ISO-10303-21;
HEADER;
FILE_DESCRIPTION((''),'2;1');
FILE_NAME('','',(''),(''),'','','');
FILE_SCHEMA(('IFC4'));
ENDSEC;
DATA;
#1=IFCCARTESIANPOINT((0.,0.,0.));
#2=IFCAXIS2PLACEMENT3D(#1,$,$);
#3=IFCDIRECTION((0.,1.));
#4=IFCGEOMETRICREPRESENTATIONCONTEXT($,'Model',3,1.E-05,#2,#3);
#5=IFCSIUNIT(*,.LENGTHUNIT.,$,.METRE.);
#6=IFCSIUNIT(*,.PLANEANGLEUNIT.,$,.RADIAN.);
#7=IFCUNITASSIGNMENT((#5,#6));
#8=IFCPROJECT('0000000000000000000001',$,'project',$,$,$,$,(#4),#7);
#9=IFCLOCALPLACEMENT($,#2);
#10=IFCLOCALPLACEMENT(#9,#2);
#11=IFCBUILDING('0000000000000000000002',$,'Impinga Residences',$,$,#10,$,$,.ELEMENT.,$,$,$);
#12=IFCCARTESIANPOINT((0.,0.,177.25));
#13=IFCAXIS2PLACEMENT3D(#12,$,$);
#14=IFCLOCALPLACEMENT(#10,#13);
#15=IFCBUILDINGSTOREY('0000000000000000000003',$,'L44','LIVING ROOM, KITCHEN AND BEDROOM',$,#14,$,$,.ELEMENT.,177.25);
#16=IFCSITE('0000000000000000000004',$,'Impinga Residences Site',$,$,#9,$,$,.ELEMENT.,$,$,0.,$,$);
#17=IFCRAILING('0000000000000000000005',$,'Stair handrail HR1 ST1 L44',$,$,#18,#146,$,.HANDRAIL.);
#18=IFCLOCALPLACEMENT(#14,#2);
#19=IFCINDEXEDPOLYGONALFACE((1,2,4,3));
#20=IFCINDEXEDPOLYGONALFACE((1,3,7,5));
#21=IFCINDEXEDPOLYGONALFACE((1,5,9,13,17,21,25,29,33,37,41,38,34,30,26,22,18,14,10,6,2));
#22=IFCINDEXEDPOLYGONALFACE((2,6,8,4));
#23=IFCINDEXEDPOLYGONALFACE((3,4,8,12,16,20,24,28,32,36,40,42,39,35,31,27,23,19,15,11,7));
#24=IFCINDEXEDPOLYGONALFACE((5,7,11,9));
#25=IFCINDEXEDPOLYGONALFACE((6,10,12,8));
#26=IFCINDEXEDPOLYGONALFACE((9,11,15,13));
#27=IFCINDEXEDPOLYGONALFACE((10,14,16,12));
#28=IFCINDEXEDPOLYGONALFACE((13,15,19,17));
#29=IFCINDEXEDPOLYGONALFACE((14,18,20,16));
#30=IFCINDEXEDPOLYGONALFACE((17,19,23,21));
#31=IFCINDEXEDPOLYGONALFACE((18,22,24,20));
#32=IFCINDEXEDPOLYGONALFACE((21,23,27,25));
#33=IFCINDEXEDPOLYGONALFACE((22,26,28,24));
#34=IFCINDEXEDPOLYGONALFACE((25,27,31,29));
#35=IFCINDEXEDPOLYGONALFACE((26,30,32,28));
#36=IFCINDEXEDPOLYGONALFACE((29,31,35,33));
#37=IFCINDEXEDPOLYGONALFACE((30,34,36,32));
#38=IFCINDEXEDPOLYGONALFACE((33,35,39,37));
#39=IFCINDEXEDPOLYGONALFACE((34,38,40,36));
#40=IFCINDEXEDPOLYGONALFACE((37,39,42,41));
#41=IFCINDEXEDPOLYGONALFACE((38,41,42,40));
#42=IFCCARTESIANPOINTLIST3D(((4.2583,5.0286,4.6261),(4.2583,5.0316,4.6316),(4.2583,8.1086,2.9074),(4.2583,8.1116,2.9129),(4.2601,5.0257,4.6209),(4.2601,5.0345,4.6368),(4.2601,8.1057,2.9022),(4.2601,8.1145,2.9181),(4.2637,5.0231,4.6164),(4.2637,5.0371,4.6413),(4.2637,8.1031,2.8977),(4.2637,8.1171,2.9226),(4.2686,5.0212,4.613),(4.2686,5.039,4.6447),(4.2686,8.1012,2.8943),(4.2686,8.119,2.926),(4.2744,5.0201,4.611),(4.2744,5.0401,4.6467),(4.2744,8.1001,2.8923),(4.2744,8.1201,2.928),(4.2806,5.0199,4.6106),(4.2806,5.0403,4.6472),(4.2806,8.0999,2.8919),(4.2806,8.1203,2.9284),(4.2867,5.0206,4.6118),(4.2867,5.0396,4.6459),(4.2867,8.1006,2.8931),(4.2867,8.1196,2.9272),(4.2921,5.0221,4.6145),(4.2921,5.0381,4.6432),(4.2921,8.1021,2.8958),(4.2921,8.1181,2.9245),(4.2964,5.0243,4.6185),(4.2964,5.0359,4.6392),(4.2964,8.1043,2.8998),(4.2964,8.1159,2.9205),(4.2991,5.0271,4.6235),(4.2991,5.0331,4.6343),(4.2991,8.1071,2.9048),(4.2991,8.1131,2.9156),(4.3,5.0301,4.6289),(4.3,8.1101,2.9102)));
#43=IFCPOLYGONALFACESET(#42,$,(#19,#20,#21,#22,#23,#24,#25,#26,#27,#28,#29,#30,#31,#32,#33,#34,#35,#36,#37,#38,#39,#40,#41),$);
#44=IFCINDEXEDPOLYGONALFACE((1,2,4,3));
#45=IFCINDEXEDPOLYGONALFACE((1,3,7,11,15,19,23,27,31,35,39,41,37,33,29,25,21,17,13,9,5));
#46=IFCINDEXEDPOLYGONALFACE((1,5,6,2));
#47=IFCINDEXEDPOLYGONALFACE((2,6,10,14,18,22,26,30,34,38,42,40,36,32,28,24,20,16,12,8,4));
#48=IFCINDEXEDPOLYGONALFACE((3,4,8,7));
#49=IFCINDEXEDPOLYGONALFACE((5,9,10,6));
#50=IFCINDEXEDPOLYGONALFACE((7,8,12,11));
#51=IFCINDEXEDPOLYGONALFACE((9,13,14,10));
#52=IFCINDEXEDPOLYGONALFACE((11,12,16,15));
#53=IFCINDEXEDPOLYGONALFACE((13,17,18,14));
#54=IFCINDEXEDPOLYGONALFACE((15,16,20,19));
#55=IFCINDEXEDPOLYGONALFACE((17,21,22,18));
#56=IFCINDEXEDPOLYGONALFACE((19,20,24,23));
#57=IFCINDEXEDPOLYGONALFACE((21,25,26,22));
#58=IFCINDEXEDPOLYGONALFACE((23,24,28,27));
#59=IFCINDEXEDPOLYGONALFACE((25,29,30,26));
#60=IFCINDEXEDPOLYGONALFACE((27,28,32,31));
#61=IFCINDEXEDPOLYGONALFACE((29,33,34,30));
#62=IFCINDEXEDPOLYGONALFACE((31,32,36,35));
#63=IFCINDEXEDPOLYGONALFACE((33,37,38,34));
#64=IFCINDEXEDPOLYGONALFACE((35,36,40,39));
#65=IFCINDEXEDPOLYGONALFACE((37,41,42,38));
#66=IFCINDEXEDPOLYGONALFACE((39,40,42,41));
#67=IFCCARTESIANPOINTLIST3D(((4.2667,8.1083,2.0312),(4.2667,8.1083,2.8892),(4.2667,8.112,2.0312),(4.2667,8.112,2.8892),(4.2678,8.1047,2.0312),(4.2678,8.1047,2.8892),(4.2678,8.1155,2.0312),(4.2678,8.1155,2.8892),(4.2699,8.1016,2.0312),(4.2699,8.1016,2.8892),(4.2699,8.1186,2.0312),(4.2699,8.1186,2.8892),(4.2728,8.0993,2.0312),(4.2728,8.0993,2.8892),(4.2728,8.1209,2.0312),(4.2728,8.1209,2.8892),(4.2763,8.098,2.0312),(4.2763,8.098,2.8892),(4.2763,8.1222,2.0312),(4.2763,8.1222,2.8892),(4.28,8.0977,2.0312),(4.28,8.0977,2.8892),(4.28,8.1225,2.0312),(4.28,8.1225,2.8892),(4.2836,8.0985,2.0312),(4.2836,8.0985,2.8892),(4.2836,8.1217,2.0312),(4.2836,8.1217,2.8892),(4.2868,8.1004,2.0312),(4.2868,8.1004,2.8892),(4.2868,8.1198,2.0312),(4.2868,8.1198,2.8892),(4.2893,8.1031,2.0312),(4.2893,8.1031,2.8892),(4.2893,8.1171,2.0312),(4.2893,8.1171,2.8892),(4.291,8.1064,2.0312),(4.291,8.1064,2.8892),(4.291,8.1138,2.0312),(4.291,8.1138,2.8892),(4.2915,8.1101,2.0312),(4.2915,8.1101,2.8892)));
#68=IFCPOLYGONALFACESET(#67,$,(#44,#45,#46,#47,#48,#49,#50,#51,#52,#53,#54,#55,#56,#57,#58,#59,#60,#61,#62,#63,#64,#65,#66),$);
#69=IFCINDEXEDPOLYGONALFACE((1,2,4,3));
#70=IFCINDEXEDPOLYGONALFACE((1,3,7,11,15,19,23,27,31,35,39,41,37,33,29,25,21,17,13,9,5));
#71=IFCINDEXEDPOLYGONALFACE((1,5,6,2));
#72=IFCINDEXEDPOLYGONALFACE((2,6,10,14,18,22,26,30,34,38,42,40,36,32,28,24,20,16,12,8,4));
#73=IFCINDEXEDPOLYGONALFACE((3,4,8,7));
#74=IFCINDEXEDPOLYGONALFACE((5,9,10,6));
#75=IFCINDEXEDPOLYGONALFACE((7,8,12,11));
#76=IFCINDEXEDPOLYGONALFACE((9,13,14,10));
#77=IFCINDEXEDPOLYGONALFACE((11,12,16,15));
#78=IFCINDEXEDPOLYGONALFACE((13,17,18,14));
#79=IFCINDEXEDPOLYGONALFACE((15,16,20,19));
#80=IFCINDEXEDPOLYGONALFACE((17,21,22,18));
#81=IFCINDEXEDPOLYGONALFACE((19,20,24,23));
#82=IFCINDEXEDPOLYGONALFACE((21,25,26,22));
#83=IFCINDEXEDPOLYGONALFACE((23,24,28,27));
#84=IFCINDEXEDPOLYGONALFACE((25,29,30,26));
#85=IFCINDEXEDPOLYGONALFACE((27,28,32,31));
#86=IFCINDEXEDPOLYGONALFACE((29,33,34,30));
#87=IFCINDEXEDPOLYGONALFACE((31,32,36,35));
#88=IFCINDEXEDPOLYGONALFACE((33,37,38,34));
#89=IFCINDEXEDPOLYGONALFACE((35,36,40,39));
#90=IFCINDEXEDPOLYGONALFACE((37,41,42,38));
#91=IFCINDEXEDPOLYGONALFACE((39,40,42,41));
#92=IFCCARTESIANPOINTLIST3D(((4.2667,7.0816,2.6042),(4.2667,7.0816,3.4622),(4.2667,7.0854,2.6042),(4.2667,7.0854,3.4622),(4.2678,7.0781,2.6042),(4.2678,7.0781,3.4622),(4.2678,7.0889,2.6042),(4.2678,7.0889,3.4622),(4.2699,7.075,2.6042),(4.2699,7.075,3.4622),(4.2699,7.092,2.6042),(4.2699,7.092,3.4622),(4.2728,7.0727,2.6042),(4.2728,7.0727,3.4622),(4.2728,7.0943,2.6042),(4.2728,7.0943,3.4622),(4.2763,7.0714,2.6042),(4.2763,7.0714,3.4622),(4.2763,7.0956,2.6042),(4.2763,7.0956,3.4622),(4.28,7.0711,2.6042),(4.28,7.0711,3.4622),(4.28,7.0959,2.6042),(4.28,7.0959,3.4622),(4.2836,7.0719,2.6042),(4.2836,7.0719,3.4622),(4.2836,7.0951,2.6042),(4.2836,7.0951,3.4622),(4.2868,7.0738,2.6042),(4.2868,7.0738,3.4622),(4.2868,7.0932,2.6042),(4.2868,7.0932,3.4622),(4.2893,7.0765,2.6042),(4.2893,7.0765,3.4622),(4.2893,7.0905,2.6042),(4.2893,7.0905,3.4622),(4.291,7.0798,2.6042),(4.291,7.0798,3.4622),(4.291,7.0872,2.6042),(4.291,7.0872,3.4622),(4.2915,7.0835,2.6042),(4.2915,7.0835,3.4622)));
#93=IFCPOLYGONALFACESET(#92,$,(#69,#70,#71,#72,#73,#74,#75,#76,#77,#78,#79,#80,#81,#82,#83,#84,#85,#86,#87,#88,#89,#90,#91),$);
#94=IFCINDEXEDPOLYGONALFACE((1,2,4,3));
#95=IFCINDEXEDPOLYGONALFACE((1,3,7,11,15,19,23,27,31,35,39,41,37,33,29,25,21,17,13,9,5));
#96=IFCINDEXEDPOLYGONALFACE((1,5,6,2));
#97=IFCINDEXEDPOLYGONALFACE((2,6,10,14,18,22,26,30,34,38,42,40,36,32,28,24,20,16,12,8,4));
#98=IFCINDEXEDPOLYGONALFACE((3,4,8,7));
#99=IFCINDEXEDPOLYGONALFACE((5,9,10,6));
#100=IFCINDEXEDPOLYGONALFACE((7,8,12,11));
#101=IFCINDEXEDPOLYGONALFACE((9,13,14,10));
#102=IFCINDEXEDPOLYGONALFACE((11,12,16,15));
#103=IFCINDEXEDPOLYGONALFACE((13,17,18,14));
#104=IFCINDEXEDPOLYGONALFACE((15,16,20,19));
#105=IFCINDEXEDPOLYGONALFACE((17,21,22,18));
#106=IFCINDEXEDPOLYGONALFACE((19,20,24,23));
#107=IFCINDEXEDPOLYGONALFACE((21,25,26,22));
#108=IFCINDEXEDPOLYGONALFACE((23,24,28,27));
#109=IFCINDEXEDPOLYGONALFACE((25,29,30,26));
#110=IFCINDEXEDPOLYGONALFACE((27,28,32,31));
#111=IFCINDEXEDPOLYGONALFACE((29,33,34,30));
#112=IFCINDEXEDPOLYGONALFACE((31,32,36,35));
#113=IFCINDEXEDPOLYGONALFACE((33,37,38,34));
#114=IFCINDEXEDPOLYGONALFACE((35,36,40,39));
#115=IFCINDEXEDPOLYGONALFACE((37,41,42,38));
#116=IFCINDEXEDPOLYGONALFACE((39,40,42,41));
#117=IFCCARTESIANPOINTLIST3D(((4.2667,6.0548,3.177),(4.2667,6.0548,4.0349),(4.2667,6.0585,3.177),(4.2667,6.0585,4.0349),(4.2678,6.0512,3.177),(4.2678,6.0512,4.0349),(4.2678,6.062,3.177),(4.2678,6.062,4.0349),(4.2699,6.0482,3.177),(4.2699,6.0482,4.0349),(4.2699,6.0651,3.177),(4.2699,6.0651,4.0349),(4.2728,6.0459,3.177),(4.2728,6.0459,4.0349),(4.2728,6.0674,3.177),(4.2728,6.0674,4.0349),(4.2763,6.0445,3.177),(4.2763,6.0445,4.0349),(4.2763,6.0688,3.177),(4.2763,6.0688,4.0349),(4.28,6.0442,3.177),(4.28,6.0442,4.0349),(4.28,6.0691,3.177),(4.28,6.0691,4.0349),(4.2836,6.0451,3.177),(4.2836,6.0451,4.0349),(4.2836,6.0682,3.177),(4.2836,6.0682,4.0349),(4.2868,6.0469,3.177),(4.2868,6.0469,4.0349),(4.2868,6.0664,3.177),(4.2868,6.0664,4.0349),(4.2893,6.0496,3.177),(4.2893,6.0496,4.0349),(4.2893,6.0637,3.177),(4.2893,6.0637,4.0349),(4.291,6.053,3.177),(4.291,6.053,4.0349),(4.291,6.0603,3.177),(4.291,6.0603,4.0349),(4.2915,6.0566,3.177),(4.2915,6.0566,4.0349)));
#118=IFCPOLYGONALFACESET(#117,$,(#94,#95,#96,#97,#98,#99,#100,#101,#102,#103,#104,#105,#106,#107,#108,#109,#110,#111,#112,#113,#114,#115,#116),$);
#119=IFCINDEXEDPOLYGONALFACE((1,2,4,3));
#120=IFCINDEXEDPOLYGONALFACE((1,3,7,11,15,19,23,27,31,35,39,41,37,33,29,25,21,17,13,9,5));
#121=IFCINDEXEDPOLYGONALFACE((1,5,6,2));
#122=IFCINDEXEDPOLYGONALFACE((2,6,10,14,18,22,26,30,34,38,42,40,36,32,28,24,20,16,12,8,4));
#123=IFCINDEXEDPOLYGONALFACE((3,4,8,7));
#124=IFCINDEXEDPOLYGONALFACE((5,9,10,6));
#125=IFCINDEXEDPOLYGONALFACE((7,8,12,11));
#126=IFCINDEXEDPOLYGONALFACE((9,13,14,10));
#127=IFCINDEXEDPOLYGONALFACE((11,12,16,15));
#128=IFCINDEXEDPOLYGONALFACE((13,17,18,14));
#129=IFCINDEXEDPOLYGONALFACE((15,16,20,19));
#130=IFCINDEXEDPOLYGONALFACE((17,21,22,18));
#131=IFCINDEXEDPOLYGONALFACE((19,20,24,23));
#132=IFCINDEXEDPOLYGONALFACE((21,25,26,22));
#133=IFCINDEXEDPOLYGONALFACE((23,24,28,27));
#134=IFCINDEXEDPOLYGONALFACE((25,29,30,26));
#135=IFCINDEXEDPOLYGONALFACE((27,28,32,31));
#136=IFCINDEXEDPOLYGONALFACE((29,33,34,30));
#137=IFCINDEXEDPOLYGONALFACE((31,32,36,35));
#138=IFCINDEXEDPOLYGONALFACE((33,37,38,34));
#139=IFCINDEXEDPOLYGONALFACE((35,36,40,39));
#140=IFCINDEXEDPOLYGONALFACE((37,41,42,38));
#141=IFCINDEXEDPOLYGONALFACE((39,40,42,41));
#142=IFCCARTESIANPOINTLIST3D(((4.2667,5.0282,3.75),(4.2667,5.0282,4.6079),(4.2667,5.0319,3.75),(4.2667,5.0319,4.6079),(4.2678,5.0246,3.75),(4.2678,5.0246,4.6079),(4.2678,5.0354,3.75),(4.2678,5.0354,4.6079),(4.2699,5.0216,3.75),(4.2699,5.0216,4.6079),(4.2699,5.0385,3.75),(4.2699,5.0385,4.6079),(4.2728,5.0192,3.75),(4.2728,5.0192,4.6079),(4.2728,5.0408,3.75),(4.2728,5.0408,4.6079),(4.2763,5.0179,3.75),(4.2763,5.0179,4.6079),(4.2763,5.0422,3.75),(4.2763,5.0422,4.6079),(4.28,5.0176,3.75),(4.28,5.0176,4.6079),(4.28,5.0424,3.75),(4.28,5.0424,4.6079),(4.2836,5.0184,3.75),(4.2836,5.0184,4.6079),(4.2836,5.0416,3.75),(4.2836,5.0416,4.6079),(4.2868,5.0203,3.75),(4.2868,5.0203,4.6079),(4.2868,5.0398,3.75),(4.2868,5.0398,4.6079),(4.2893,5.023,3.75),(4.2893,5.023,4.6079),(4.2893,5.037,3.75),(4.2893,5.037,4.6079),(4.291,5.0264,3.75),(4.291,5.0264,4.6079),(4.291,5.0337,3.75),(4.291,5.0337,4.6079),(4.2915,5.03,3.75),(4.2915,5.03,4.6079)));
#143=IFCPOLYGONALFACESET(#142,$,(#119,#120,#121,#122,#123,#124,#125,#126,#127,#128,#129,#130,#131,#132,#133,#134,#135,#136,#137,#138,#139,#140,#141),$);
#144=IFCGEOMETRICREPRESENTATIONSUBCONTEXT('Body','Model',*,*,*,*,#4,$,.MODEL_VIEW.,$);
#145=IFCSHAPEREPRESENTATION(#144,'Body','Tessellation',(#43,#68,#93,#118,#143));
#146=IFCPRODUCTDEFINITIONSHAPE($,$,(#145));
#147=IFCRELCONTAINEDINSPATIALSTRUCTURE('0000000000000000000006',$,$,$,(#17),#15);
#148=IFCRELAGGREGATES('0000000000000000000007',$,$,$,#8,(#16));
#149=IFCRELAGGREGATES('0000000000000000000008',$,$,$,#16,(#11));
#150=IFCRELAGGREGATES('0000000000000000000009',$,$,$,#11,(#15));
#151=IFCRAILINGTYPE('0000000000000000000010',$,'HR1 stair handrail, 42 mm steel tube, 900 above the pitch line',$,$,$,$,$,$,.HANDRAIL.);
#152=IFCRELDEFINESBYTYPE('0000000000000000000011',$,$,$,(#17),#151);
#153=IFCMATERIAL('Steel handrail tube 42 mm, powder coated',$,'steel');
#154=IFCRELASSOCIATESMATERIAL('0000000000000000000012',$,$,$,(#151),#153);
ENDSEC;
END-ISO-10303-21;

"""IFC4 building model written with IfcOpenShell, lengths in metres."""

from ifc_helpers import new_model, si_unit, direction, frame, origin, origin_2d, place, context, subcontext, project, spatial, circle, extrude, material, type_object, element, save


model = new_model("IFC4")

# Units and contexts
model_context = context("Model", 3, precision=1e-05, world=origin(), true_north=direction((0.0, 1.0)))
body_context = subcontext(model_context, "Body", "Model", "MODEL_VIEW")
ifc_project = project(units=[si_unit("LENGTHUNIT", "METRE"), si_unit("PLANEANGLEUNIT", "RADIAN")], contexts=[model_context])

# Site, building, storey
site_placement = place(None, origin())
site = spatial("IfcSite", under=ifc_project, at=site_placement, Name="Impinga Residences Site", CompositionType="ELEMENT", RefElevation=0.0)
building_placement = place(site_placement, origin())
building = spatial("IfcBuilding", under=site, at=building_placement, Name="Impinga Residences", CompositionType="ELEMENT")
storey_placement = place(building_placement, frame((0.0, 0.0, 177.25)))
storey = spatial("IfcBuildingStorey", under=building, at=storey_placement, Name="L44", Description="LIVING ROOM, KITCHEN AND BEDROOM", CompositionType="ELEMENT", Elevation=177.25)

# Railing
ifc_material_1 = material(Name="Steel handrail tube 42 mm, powder coated", Category="steel")
railing_type_1 = type_object("IfcRailingType", Name="HR1 stair handrail, 42 mm steel tube, 900 above the pitch line", PredefinedType="HANDRAIL", material=ifc_material_1)
railing_1_placement = place(storey_placement, frame((4.2791, 8.1101, 2.0312)))
element("IfcRailing", 1, at=railing_1_placement, inside=storey, type_object=railing_type_1, Name="Stair handrail HR1 ST1 L44", PredefinedType="HANDRAIL", context=body_context, shape_type="SweptSolid", body=[
    extrude(circle(Radius=0.021, at=origin_2d()), frame((0.0, 0.0, 0.8789), z_axis=(0.0, -0.873242, 0.487288), x_axis=(1.0, 0.0, 0.0)), (0.0, 0.0, 1.0), 3.5271),
    extrude(circle(Radius=0.0125, at=origin_2d()), origin(), (0.0, 0.0, 1.0), 0.8579),
    extrude(circle(Radius=0.0125, at=origin_2d()), frame((0.0, -1.0266, 0.573)), (0.0, 0.0, 1.0), 0.8579),
    extrude(circle(Radius=0.0125, at=origin_2d()), frame((0.0, -2.0535, 1.1458)), (0.0, 0.0, 1.0), 0.8579),
    extrude(circle(Radius=0.0125, at=origin_2d()), frame((0.0, -3.0801, 1.7188)), (0.0, 0.0, 1.0), 0.8579),
])

save(model, "model.ifc")
